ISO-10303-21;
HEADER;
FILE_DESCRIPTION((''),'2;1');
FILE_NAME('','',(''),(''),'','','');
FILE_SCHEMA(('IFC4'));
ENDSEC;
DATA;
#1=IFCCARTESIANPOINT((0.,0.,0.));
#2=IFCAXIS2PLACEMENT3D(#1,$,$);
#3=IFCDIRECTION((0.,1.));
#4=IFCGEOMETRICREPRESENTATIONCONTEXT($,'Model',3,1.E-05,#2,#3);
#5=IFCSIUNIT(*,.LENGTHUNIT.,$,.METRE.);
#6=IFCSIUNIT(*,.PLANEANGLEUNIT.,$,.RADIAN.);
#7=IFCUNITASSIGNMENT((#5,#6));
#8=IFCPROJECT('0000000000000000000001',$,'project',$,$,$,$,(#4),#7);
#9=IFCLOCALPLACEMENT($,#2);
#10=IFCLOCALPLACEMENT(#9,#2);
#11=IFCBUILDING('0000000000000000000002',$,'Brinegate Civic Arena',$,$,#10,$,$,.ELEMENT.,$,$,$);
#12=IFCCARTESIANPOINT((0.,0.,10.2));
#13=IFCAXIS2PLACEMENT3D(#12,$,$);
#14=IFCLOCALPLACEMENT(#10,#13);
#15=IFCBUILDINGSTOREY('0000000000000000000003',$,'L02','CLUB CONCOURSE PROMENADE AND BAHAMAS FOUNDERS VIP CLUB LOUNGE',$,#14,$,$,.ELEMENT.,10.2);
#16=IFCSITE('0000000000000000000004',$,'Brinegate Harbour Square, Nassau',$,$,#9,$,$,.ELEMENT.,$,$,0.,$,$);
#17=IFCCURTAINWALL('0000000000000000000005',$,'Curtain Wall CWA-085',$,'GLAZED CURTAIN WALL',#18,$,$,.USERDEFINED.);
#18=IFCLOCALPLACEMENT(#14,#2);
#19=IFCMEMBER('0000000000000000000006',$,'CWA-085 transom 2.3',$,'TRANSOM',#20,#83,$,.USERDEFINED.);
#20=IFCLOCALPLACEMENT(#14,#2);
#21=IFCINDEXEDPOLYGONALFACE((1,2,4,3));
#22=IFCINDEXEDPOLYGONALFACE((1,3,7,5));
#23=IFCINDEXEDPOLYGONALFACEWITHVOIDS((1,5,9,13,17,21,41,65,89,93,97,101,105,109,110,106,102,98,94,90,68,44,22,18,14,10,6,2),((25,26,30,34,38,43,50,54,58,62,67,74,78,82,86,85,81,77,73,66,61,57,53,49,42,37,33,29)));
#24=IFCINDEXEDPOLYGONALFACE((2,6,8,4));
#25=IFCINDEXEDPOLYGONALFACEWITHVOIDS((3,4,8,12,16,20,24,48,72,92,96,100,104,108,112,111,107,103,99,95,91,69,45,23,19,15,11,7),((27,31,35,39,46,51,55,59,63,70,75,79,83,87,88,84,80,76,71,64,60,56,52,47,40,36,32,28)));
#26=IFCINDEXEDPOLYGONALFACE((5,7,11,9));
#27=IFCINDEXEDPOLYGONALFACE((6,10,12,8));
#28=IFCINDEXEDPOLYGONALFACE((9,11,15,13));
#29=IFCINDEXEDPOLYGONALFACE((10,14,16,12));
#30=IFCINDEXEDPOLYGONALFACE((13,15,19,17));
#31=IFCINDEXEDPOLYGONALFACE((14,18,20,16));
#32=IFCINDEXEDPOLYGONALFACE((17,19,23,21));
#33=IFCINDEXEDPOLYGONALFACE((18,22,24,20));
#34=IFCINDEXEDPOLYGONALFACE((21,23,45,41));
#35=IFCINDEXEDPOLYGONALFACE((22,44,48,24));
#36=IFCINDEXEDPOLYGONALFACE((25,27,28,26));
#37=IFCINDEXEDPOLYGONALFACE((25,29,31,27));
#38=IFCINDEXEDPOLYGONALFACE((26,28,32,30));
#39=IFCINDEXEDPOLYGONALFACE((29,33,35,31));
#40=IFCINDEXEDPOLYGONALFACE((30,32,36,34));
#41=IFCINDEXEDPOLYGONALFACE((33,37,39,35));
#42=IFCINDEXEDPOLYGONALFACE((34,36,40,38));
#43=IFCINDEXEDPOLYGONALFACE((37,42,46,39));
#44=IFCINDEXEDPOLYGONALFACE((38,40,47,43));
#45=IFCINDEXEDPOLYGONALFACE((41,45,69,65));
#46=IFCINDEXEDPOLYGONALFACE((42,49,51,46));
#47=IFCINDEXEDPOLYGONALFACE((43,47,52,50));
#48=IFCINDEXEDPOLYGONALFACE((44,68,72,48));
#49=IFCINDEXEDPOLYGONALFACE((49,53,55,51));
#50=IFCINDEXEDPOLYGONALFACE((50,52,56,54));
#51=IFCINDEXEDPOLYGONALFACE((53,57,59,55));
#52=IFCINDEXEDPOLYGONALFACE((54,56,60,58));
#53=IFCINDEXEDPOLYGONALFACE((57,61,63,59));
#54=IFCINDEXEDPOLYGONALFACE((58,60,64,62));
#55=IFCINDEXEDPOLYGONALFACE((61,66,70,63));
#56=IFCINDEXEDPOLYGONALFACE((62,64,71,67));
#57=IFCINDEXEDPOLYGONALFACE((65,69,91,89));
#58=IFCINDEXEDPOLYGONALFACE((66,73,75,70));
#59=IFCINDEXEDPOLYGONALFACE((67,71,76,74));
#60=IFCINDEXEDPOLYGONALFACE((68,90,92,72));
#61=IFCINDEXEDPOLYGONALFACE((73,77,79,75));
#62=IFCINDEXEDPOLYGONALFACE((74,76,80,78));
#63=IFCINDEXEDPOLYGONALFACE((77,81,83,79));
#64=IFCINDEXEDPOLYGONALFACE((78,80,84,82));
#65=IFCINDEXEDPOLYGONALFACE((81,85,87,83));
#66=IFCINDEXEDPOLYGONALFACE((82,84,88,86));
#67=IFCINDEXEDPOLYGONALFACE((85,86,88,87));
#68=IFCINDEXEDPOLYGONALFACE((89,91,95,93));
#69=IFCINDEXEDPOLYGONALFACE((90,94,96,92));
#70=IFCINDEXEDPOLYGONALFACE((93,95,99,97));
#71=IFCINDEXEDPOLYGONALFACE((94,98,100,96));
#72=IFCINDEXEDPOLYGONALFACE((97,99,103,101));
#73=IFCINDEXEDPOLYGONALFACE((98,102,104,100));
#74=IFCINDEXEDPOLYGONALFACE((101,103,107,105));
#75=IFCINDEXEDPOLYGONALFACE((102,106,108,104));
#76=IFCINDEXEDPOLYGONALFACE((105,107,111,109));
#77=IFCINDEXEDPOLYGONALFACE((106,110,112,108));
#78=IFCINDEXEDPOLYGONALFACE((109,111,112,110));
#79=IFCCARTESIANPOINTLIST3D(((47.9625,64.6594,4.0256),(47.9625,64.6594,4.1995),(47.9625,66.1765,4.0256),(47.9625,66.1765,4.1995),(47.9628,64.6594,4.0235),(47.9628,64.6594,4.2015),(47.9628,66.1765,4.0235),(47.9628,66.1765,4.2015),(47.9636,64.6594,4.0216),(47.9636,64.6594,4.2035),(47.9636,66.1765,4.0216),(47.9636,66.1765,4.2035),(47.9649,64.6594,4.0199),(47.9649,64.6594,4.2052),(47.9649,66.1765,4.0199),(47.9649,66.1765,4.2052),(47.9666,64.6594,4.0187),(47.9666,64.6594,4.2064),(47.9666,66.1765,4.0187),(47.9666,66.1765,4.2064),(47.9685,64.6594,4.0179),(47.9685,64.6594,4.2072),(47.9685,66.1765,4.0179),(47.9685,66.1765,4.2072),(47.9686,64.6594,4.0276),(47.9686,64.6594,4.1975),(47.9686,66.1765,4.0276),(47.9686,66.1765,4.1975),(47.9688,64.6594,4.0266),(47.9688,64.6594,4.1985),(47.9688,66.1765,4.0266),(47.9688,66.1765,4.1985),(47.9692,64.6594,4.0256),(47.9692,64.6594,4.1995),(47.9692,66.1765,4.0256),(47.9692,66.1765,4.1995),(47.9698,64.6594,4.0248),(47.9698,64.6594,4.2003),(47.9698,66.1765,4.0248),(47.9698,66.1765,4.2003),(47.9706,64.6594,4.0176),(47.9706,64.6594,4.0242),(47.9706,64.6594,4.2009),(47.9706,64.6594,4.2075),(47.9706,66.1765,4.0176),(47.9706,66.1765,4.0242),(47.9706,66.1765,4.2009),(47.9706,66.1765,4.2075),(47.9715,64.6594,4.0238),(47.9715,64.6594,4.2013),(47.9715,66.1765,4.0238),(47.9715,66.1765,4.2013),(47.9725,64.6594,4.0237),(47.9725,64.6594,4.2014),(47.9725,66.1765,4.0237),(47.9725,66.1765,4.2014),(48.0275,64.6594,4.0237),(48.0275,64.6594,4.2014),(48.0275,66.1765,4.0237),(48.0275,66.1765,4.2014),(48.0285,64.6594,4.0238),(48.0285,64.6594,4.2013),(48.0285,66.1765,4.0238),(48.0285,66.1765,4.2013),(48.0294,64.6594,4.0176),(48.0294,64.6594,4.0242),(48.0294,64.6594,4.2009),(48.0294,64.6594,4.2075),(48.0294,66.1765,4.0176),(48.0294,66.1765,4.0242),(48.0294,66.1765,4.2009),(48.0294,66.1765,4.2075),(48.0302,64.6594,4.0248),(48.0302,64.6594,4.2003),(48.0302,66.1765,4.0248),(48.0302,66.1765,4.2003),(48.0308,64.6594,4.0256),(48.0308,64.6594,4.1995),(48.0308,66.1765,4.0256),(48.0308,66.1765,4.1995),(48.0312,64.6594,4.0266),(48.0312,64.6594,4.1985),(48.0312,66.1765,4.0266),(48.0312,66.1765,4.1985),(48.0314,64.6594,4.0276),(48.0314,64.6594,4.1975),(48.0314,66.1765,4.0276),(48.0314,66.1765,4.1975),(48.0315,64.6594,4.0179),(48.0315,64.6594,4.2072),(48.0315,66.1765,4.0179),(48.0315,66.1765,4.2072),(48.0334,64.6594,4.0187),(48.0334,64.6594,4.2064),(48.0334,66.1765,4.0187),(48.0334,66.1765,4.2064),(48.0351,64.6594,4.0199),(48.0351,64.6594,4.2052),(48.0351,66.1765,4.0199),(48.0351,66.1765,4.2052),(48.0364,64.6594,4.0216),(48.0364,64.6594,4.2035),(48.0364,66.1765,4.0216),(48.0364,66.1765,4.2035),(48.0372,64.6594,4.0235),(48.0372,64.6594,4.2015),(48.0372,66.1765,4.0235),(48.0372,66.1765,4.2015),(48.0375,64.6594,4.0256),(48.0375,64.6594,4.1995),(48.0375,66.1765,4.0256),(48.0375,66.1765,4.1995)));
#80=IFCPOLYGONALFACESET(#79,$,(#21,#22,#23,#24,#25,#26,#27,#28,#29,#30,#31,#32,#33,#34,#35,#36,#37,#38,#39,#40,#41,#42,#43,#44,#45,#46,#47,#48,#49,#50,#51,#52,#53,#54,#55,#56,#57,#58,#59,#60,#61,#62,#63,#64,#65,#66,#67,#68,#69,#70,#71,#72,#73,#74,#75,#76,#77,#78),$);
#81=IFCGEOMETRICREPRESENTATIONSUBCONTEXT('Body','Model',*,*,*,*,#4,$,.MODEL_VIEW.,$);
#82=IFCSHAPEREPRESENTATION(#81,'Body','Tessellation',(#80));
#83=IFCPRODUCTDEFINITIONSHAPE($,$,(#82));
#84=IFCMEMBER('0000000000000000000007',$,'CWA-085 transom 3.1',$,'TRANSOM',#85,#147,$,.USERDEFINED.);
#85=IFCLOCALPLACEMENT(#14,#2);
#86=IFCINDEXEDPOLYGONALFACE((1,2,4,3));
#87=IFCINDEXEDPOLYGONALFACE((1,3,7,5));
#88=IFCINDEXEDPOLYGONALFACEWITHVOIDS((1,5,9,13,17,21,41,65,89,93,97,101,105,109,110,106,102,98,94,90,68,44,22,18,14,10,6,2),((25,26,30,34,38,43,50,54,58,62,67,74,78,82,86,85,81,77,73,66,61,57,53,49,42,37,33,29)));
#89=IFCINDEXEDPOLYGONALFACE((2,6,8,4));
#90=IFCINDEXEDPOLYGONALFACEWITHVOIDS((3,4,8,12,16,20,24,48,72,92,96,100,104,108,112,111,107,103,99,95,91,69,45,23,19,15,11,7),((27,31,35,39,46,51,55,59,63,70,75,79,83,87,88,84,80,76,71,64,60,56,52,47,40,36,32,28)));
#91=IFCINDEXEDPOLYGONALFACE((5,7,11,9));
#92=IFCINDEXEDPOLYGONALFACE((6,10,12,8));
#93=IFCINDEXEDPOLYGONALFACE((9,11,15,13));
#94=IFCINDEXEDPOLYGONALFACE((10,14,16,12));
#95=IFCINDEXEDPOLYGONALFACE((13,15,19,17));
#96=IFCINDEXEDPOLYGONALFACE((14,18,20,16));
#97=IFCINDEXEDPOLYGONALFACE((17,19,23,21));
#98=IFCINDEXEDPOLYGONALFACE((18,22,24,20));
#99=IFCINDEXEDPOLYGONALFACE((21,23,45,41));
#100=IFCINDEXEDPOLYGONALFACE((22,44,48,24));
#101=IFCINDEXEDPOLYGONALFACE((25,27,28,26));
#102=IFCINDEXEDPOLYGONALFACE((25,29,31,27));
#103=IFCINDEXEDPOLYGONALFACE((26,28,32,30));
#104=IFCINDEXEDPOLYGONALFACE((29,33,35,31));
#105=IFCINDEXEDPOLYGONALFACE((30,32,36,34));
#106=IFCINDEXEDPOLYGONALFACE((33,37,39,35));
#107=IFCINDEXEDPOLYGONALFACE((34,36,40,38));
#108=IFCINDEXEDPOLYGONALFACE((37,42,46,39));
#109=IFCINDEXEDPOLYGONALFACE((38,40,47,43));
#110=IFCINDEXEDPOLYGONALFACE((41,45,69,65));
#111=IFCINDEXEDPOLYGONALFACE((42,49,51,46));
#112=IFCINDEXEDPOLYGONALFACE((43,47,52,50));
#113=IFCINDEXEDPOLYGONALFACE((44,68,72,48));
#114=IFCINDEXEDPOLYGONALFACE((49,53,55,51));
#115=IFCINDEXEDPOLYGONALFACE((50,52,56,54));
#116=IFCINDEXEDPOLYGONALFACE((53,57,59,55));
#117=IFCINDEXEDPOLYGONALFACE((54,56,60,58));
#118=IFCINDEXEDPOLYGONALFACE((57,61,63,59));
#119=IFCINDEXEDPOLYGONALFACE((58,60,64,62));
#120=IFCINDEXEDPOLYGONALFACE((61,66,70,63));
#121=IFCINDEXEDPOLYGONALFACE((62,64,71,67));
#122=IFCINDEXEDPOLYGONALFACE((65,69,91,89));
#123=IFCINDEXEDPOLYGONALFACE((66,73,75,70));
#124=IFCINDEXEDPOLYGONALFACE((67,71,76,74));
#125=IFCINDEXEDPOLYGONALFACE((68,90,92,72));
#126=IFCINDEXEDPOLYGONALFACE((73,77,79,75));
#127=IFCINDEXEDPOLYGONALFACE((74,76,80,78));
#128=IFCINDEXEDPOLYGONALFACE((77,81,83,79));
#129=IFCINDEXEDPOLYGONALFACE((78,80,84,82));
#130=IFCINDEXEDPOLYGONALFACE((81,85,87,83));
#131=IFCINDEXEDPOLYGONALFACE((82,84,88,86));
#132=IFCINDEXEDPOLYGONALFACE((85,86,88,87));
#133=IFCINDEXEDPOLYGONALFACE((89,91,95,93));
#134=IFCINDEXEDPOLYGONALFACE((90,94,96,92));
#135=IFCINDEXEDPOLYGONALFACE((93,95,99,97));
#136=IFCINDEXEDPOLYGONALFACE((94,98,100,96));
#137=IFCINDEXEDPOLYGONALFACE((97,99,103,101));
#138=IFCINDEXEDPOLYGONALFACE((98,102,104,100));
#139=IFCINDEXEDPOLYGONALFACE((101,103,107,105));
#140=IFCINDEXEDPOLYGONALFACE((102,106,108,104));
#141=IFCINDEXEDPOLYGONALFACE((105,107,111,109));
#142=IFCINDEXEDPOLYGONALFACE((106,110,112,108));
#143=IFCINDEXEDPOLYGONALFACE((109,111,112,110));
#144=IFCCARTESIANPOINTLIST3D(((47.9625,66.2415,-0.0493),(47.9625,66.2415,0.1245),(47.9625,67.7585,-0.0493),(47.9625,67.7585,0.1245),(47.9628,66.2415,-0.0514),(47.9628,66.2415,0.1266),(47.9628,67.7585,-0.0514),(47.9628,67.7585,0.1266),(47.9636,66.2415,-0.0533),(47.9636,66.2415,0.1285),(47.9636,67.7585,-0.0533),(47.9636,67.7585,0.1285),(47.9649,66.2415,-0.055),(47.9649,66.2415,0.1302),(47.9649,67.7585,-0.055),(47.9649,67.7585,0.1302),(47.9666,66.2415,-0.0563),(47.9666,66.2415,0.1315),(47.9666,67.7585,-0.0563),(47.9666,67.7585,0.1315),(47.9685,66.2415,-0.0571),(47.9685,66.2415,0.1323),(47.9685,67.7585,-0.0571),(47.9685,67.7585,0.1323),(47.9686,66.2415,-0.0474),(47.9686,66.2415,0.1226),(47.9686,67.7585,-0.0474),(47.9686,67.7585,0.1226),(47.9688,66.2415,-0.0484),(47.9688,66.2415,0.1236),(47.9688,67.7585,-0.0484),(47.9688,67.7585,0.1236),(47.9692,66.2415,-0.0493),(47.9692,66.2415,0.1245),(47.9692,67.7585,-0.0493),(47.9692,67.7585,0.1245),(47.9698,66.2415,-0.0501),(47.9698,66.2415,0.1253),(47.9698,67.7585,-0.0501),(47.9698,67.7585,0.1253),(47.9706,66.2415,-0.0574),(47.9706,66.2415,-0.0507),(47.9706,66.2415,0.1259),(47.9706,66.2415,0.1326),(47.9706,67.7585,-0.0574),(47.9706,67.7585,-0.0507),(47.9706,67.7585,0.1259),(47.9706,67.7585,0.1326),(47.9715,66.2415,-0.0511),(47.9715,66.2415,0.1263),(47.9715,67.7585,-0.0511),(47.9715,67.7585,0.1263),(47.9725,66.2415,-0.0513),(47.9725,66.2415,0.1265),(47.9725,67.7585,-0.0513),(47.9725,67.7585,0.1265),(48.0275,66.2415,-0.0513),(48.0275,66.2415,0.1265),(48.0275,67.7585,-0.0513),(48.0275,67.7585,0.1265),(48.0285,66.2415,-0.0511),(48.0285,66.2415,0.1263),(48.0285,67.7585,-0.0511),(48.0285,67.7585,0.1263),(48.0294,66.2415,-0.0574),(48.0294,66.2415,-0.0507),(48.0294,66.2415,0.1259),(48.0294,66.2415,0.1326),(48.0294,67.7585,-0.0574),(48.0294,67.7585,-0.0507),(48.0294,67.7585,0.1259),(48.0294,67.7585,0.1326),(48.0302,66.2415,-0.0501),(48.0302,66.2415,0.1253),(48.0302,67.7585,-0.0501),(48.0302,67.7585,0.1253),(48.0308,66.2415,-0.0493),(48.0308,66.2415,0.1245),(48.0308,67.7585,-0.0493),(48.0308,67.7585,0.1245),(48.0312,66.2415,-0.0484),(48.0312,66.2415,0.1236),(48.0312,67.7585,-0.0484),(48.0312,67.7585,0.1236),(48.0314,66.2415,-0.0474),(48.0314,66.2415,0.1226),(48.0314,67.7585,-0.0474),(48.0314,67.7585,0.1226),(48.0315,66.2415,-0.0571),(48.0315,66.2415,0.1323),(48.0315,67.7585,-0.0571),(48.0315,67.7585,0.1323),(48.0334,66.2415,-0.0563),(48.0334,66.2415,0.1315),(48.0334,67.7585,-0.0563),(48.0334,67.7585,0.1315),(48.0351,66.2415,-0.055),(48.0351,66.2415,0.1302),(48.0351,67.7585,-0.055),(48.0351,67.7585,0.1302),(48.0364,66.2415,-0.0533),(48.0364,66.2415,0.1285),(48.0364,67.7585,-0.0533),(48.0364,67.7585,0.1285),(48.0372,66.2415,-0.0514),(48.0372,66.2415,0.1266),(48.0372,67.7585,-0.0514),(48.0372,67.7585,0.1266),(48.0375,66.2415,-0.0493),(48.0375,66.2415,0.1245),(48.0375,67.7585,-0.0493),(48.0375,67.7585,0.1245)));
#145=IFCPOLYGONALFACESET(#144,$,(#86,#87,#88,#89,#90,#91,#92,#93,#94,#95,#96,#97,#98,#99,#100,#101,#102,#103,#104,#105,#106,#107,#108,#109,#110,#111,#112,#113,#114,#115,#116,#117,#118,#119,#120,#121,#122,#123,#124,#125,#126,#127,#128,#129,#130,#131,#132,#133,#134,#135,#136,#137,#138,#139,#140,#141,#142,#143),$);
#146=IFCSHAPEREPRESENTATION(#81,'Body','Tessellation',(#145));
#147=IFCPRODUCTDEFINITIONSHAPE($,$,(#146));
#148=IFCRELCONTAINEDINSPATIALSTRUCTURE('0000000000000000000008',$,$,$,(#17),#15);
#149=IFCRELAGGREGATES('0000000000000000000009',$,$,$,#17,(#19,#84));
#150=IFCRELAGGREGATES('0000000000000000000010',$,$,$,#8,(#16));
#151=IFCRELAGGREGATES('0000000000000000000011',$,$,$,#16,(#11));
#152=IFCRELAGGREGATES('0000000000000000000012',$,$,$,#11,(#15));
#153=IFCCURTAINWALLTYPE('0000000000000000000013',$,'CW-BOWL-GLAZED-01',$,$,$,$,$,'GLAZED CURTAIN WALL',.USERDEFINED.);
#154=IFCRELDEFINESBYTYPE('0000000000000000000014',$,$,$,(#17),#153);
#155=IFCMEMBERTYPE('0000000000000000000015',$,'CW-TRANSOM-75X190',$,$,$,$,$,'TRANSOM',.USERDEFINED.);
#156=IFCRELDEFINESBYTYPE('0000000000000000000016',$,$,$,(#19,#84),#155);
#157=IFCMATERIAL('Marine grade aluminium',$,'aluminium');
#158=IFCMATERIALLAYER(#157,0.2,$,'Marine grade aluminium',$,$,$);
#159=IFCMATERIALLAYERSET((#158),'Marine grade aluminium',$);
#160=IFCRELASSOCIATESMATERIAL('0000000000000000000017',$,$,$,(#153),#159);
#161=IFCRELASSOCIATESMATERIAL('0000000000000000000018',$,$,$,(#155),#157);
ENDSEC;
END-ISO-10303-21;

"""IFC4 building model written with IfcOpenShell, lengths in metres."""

from ifc_helpers import new_model, si_unit, direction, frame, origin, origin_2d, place, context, subcontext, project, spatial, hollow_rectangle, extrude, material, layer, layer_set, material_profile, profile_set, type_object, element, aggregate, save


model = new_model("IFC4")

# Units and contexts
model_context = context("Model", 3, precision=1e-05, world=origin(), true_north=direction((0.0, 1.0)))
body_context = subcontext(model_context, "Body", "Model", "MODEL_VIEW")
ifc_project = project(units=[si_unit("LENGTHUNIT", "METRE"), si_unit("PLANEANGLEUNIT", "RADIAN")], contexts=[model_context])

# Site, building, storey
site_placement = place(None, origin())
site = spatial("IfcSite", under=ifc_project, at=site_placement, Name="Brinegate Harbour Square, Nassau", CompositionType="ELEMENT", RefElevation=0.0)
building_placement = place(site_placement, origin())
building = spatial("IfcBuilding", under=site, at=building_placement, Name="Brinegate Civic Arena", CompositionType="ELEMENT")
storey_placement = place(building_placement, frame((0.0, 0.0, 10.2)))
storey = spatial("IfcBuildingStorey", under=building, at=storey_placement, Name="L02", Description="CLUB CONCOURSE PROMENADE AND BAHAMAS FOUNDERS VIP CLUB LOUNGE", CompositionType="ELEMENT", Elevation=10.2)

# Curtain wall
ifc_material_1 = material(Name="Marine grade aluminium", Category="aluminium")
ifc_layer_1 = layer(ifc_material_1, 0.2, Name="Marine grade aluminium")
ifc_layer_set_1 = layer_set([ifc_layer_1], Name="Marine grade aluminium")
curtain_wall_type = type_object("IfcCurtainWallType", Name="CW-BOWL-GLAZED-01", ElementType="GLAZED CURTAIN WALL", PredefinedType="USERDEFINED", material=ifc_layer_set_1)
curtain_wall_1_placement = place(storey_placement, origin())
curtain_wall_1 = element("IfcCurtainWall", 1, at=curtain_wall_1_placement, inside=storey, type_object=curtain_wall_type, Name="Curtain Wall CWA-085", ObjectType="GLAZED CURTAIN WALL", PredefinedType="USERDEFINED")

# Members
ifc_material_profile_1 = material_profile(ifc_material_1, hollow_rectangle(XDim=0.075, YDim=0.1899, WallThickness=0.0061, InnerFilletRadius=0.0039, OuterFilletRadius=0.0081, at=origin_2d()), Name="TRN75X190")
ifc_profile_set_1 = profile_set([ifc_material_profile_1], Name="Marine grade aluminium")
member_type_1 = type_object("IfcMemberType", Name="CW-TRANSOM-75X190", ElementType="TRANSOM", PredefinedType="USERDEFINED", material=ifc_profile_set_1)
member_1_placement = place(storey_placement, frame((48.0, 64.6594, 4.1125), z_axis=(0.0, 1.0, 0.0), x_axis=(-1.0, 0.0, 0.0)))
member_1 = element("IfcMember", 2, at=member_1_placement, type_object=member_type_1, Name="CWA-085 transom 2.3", ObjectType="TRANSOM", PredefinedType="USERDEFINED", context=body_context, shape_type="SweptSolid", body=[
    extrude(hollow_rectangle(XDim=0.075, YDim=0.1899, WallThickness=0.0061, InnerFilletRadius=0.0039, OuterFilletRadius=0.0081, at=origin_2d()), origin(), (0.0, 0.0, 1.0), 1.5171),
])
member_2_placement = place(storey_placement, frame((48.0, 66.2415, 0.0376), z_axis=(0.0, 1.0, 0.0), x_axis=(-1.0, 0.0, 0.0)))
member_2 = element("IfcMember", 3, at=member_2_placement, type_object=member_type_1, Name="CWA-085 transom 3.1", ObjectType="TRANSOM", PredefinedType="USERDEFINED", context=body_context, shape_type="SweptSolid", body=[
    extrude(hollow_rectangle(XDim=0.075, YDim=0.1899, WallThickness=0.0061, InnerFilletRadius=0.0039, OuterFilletRadius=0.0081, at=origin_2d()), origin(), (0.0, 0.0, 1.0), 1.5171),
])

aggregate(curtain_wall_1, [member_1, member_2])

save(model, "model.ifc")
